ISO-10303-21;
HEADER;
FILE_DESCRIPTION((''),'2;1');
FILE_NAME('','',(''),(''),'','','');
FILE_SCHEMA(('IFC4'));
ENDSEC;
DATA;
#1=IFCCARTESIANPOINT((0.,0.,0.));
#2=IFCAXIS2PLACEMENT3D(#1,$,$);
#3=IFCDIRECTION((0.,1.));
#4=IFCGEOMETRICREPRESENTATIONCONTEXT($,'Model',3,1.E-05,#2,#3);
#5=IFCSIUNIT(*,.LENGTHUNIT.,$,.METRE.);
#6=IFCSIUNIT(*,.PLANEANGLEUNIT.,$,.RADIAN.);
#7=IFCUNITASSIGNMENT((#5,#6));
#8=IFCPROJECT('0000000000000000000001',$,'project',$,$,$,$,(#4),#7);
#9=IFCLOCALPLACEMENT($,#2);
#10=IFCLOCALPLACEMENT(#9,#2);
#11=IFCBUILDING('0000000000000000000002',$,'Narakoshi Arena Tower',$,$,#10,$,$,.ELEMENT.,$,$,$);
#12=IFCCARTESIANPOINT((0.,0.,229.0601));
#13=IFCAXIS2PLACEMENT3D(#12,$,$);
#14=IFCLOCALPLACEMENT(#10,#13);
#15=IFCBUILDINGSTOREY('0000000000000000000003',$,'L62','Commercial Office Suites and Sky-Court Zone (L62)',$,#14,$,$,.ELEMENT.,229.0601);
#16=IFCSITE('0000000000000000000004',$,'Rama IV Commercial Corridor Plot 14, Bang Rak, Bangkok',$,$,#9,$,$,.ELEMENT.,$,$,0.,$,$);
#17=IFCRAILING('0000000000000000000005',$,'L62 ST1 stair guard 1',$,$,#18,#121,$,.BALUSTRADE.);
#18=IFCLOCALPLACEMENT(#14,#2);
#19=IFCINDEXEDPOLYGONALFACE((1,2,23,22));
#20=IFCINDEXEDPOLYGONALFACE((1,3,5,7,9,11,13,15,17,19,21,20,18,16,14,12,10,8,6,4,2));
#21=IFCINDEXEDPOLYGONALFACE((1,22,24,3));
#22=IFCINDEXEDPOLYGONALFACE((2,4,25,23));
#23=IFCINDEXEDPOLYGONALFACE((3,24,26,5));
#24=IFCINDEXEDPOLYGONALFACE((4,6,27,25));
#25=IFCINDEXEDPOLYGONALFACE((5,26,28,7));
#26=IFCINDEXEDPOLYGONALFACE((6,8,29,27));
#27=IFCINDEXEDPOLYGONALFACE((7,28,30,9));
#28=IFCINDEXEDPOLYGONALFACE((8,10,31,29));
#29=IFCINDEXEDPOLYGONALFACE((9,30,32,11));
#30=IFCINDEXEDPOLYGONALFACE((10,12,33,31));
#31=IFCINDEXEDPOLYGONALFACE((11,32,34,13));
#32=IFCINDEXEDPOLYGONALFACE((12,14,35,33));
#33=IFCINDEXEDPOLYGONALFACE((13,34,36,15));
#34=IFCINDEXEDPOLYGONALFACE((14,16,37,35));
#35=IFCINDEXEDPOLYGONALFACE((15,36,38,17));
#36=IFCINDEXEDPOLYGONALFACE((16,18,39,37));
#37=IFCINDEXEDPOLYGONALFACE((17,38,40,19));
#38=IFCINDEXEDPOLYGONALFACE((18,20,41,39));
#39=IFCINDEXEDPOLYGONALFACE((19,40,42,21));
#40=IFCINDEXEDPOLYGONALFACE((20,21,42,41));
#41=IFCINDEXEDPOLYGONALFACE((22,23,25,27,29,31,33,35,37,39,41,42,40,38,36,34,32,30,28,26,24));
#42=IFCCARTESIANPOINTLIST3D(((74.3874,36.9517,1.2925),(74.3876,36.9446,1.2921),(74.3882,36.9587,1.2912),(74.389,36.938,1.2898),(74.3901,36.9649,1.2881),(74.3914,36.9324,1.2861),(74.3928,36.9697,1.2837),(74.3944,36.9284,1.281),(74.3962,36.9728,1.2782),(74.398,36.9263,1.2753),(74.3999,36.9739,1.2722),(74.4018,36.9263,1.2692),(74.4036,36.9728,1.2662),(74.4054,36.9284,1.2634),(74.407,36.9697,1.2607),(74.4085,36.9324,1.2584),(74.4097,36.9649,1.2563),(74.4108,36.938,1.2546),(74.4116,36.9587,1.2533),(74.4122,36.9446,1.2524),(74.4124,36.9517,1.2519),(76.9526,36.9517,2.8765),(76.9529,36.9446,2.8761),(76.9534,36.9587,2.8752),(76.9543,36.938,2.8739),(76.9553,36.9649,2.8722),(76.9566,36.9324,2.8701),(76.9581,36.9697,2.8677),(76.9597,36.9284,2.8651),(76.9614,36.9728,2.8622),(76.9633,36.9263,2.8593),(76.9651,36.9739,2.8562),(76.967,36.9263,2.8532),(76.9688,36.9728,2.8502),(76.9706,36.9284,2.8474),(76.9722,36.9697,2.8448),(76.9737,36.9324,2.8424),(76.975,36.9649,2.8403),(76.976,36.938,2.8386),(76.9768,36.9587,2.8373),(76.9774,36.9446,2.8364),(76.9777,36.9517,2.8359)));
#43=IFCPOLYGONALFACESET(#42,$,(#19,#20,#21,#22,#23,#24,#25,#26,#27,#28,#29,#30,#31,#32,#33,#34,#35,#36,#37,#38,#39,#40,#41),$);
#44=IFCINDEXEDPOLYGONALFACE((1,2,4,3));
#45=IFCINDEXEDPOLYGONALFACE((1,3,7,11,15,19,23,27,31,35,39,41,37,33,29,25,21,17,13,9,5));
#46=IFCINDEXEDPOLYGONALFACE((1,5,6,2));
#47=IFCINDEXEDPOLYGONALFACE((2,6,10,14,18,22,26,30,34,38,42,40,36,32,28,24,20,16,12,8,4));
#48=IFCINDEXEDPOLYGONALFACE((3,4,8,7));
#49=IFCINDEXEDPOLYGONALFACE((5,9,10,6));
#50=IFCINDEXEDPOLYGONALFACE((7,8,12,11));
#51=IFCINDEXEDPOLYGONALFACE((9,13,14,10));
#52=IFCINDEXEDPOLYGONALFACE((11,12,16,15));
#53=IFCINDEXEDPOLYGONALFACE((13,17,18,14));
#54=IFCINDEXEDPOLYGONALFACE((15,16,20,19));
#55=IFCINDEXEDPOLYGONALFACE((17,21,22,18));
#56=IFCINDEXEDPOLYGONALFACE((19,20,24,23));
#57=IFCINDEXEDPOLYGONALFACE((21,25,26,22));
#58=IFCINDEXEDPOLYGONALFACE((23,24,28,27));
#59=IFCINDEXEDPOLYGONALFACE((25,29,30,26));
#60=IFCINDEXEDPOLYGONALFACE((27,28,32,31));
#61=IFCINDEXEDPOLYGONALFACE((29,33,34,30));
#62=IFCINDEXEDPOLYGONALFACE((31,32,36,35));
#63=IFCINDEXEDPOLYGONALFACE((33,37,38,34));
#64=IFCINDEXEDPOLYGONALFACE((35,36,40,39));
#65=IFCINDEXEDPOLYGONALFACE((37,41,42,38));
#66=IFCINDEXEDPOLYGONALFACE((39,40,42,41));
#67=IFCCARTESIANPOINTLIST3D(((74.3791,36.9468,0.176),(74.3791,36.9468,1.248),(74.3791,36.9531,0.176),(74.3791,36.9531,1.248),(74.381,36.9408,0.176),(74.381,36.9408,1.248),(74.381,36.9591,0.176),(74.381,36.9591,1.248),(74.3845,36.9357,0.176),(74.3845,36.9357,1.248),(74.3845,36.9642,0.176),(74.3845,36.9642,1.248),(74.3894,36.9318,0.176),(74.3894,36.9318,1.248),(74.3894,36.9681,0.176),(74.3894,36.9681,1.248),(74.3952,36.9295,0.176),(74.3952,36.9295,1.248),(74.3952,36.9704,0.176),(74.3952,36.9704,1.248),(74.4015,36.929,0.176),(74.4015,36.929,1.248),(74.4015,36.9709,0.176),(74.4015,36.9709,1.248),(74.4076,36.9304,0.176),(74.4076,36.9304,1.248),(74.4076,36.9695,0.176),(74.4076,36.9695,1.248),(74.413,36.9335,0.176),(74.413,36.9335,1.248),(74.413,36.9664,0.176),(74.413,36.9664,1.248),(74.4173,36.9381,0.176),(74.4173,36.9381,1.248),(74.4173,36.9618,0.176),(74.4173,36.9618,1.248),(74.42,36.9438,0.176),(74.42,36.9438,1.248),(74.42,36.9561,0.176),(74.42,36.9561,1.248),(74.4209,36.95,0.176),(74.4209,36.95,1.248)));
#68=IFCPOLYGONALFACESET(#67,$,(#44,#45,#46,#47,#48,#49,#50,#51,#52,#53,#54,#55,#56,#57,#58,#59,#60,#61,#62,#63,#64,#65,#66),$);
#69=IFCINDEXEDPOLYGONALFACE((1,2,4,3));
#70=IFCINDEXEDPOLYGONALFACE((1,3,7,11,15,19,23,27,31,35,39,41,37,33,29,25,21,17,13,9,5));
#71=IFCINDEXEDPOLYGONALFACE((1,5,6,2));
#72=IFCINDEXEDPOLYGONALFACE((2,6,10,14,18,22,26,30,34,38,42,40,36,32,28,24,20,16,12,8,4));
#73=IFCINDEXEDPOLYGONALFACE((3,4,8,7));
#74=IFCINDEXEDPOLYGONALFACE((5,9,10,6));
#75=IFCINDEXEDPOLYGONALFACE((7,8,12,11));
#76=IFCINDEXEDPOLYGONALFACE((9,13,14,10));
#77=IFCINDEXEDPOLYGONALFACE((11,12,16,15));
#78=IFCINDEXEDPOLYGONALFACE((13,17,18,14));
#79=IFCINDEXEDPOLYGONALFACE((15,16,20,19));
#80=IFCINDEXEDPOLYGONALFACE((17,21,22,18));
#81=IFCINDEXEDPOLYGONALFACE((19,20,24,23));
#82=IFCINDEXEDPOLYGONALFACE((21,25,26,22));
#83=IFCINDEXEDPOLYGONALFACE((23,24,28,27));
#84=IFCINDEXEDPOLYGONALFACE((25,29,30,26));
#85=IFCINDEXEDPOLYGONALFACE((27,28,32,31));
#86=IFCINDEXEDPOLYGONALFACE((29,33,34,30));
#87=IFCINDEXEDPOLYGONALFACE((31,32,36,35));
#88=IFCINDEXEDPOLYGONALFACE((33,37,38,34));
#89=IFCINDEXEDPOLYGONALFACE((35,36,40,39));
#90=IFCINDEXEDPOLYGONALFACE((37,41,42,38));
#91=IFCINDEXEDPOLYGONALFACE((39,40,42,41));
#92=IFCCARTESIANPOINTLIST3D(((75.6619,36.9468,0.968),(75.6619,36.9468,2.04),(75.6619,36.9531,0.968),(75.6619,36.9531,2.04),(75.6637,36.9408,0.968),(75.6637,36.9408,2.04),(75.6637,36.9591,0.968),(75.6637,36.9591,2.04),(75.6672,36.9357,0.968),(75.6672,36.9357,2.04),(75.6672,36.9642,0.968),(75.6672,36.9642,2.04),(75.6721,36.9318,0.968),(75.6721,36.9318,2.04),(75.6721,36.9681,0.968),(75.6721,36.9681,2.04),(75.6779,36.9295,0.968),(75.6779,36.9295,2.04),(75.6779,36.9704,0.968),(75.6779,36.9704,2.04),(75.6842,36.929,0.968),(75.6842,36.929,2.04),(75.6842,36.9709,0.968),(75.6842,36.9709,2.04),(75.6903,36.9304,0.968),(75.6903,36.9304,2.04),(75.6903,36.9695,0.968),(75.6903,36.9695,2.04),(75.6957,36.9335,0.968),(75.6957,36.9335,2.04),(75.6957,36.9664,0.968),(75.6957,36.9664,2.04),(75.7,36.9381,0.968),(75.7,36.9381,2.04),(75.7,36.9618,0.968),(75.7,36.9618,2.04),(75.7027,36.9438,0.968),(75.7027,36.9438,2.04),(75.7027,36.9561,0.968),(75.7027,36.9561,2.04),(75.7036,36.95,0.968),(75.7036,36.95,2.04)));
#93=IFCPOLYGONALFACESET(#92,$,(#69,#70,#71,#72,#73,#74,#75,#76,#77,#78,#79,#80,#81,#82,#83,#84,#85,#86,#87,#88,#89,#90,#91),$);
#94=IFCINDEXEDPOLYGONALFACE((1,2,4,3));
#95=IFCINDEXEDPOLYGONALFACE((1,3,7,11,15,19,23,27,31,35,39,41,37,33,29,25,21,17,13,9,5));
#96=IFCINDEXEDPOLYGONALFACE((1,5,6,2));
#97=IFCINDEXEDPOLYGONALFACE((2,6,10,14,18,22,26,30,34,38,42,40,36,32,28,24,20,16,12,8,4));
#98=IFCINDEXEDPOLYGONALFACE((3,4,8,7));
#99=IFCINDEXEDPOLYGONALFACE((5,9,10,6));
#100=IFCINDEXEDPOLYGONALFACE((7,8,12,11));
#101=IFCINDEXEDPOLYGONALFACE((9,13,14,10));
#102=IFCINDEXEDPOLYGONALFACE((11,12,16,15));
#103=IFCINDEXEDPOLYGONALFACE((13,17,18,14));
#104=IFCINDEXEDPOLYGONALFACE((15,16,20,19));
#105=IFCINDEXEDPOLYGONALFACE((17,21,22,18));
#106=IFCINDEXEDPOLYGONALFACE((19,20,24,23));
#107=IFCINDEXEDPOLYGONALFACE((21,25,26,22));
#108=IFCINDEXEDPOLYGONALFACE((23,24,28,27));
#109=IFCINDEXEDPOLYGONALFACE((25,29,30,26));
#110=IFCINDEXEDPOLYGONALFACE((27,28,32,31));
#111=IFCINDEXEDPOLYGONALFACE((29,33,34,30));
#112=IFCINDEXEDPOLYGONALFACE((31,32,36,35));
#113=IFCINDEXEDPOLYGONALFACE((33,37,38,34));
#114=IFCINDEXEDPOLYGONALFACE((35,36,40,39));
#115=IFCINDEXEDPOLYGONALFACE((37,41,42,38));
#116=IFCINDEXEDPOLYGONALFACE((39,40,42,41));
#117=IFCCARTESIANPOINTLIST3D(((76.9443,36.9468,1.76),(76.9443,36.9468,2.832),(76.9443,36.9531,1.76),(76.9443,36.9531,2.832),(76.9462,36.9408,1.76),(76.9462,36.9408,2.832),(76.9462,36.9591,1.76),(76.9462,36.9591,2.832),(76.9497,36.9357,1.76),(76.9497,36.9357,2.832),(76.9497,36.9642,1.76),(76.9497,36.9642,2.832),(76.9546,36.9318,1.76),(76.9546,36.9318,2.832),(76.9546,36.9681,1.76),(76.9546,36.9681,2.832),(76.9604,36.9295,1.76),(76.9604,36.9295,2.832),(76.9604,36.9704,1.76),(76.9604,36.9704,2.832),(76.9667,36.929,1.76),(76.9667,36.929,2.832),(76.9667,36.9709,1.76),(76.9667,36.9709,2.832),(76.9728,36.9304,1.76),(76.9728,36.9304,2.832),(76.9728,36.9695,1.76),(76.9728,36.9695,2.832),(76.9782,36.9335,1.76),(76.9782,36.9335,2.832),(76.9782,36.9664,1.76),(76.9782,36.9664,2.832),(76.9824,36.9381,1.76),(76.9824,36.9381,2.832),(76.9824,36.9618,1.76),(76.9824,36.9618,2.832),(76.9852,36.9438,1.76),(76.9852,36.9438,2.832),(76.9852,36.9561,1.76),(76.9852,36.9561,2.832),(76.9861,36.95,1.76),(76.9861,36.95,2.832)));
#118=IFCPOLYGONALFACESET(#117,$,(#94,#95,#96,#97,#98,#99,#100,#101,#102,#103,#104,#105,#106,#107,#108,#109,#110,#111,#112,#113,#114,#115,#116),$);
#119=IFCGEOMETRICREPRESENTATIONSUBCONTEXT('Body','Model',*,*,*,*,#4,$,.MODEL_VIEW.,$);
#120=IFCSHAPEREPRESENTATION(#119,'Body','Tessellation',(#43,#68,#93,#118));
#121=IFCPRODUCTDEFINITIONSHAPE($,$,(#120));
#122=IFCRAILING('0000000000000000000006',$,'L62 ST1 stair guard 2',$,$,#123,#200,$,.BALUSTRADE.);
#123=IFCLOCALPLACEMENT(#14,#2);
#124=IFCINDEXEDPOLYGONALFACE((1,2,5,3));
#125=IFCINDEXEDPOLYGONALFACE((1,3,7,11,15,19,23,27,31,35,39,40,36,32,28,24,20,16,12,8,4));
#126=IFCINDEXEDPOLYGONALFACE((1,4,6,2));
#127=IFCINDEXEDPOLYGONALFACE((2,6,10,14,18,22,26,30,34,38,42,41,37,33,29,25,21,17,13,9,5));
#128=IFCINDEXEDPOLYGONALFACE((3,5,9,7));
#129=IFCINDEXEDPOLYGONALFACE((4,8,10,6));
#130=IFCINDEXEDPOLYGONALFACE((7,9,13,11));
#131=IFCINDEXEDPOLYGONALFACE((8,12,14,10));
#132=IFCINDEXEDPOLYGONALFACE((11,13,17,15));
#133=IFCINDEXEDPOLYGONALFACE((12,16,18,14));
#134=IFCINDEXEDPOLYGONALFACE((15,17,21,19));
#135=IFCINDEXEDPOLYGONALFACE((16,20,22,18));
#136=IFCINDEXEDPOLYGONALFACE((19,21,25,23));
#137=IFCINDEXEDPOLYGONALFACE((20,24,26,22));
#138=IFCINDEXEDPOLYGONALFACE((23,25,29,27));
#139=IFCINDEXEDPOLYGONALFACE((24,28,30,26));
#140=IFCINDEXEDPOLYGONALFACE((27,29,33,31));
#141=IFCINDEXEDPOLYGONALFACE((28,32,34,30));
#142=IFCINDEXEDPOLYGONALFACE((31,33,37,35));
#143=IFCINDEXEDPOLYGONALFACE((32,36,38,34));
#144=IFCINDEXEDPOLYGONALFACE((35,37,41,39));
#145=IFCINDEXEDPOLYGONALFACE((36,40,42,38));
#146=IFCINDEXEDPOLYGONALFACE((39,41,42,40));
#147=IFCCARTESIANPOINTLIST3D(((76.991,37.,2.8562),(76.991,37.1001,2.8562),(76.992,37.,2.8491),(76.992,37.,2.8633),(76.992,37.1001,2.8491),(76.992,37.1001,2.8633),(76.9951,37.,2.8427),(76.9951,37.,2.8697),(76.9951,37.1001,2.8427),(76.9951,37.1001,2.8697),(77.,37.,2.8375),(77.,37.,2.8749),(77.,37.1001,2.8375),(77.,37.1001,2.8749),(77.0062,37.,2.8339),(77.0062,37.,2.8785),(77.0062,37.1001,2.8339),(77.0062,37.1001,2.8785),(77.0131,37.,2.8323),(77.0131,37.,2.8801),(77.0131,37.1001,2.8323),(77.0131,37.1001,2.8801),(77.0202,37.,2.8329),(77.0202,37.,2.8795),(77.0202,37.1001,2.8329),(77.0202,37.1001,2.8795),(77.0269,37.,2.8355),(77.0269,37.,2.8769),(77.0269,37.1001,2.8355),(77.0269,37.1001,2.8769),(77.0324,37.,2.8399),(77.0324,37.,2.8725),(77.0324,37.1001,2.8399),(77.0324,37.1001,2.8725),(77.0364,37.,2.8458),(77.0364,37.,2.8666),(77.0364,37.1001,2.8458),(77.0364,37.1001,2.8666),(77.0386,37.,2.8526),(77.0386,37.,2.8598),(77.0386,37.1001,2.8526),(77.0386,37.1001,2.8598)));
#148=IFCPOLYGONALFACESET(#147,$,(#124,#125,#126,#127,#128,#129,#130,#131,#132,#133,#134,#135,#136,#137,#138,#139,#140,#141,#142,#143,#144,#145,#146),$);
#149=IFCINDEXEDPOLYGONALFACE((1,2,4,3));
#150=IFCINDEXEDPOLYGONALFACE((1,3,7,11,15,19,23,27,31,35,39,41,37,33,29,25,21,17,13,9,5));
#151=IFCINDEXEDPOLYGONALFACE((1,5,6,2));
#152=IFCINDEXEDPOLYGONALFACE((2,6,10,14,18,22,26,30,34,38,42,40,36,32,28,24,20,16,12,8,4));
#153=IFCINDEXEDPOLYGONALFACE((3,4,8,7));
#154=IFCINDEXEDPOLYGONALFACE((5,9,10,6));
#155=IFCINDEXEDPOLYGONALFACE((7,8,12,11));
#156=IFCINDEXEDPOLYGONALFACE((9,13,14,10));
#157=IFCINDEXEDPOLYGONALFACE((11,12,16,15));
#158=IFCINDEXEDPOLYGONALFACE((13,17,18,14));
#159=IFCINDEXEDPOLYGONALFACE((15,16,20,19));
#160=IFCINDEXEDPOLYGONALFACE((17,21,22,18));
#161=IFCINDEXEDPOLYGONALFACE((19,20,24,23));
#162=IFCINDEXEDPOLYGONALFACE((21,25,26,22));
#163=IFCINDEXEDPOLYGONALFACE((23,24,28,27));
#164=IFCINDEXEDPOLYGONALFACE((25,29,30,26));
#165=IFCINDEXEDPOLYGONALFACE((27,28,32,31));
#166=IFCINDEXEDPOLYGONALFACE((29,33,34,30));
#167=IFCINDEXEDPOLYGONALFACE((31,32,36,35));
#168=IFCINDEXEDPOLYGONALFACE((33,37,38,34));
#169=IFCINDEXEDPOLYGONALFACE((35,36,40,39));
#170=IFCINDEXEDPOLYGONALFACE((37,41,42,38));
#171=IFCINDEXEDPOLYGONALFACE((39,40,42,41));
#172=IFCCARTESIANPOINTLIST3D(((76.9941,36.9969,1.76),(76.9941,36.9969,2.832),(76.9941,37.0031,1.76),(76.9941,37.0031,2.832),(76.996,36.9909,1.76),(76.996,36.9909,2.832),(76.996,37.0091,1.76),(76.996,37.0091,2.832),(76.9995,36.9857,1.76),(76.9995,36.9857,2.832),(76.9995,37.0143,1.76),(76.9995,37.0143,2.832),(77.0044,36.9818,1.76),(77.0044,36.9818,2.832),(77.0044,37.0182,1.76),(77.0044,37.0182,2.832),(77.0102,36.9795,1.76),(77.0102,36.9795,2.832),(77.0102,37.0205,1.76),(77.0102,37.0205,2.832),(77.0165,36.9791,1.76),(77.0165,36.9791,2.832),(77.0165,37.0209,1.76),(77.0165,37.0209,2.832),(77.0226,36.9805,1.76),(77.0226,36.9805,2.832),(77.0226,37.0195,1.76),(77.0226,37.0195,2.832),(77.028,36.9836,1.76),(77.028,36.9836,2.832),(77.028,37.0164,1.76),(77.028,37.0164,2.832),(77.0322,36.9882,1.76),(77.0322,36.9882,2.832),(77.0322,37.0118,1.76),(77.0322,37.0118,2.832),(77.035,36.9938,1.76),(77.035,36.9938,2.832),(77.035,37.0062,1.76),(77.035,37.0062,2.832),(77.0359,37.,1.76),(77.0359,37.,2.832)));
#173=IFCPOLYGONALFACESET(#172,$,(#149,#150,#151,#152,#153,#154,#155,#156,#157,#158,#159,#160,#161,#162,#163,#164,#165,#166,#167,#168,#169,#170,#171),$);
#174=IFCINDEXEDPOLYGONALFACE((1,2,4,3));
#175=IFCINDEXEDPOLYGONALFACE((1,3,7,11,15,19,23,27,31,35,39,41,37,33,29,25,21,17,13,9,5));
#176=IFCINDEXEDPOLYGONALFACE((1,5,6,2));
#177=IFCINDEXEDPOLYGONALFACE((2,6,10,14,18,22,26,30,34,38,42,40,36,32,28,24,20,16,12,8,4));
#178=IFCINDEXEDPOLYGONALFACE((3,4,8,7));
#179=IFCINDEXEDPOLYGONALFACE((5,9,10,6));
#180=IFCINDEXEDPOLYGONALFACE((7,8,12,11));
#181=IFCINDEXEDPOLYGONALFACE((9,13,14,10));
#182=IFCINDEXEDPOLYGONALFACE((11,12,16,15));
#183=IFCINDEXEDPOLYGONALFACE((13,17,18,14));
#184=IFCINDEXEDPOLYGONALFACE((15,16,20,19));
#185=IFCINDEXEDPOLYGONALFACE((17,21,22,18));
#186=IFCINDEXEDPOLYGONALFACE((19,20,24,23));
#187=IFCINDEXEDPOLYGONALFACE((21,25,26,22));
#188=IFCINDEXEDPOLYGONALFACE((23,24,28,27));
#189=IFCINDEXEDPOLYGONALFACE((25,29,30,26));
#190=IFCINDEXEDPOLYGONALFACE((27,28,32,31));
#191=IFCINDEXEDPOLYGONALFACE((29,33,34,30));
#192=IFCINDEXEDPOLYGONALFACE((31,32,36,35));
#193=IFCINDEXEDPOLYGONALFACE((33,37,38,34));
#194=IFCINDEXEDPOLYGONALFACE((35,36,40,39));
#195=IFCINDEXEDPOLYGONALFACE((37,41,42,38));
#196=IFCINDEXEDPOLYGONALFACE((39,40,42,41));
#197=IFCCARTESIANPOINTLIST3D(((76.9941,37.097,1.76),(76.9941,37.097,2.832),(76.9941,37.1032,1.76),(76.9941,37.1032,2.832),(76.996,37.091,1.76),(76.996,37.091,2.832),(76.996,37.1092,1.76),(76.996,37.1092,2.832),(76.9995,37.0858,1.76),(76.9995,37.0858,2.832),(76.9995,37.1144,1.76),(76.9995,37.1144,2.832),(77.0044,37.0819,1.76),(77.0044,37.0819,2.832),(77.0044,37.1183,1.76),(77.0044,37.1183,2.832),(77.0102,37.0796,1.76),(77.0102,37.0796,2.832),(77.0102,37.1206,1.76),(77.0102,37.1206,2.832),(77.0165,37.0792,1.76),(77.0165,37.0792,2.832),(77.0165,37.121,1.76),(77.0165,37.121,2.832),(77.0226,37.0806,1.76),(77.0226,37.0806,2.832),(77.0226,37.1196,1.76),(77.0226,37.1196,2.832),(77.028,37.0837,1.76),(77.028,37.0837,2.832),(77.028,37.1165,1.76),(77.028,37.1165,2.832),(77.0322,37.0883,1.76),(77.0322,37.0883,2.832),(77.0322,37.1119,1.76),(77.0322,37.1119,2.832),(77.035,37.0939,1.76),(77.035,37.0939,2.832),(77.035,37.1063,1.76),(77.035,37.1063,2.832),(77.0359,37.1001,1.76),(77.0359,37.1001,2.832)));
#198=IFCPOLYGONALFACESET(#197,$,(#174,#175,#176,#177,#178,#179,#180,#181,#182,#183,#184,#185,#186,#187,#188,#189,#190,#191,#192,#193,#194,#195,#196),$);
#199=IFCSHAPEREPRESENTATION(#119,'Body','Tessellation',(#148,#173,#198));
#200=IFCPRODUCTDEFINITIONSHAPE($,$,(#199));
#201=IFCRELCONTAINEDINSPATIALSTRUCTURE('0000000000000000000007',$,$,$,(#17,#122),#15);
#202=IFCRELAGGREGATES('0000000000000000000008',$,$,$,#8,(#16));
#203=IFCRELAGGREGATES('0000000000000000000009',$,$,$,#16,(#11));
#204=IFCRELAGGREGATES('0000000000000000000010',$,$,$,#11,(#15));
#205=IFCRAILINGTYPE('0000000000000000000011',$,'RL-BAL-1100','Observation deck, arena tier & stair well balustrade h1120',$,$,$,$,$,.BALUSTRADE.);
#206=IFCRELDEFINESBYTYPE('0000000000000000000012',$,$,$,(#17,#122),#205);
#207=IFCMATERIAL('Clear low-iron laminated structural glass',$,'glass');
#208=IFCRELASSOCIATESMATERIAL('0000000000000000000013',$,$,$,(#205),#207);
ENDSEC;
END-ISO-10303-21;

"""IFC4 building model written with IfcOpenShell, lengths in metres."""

from ifc_helpers import new_model, si_unit, direction, frame, origin, origin_2d, place, context, subcontext, project, spatial, circle, extrude, material, type_object, element, save


model = new_model("IFC4")

# Units and contexts
model_context = context("Model", 3, precision=1e-05, world=origin(), true_north=direction((0.0, 1.0)))
body_context = subcontext(model_context, "Body", "Model", "MODEL_VIEW")
ifc_project = project(units=[si_unit("LENGTHUNIT", "METRE"), si_unit("PLANEANGLEUNIT", "RADIAN")], contexts=[model_context])

# Site, building, storey
site_placement = place(None, origin())
site = spatial("IfcSite", under=ifc_project, at=site_placement, Name="Rama IV Commercial Corridor Plot 14, Bang Rak, Bangkok", CompositionType="ELEMENT", RefElevation=0.0)
building_placement = place(site_placement, origin())
building = spatial("IfcBuilding", under=site, at=building_placement, Name="Narakoshi Arena Tower", CompositionType="ELEMENT")
storey_placement = place(building_placement, frame((0.0, 0.0, 229.0601)))
storey = spatial("IfcBuildingStorey", under=building, at=storey_placement, Name="L62", Description="Commercial Office Suites and Sky-Court Zone (L62)", CompositionType="ELEMENT", Elevation=229.0601)

# Railings
ifc_material_1 = material(Name="Clear low-iron laminated structural glass", Category="glass")
railing_type_1 = type_object("IfcRailingType", Name="RL-BAL-1100", Description="Observation deck, arena tier & stair well balustrade h1120", PredefinedType="BALUSTRADE", material=ifc_material_1)
railing_1_placement = place(storey_placement, frame((74.3999, 36.95, 0.176)))
element("IfcRailing", 1, at=railing_1_placement, inside=storey, type_object=railing_type_1, Name="L62 ST1 stair guard 1", PredefinedType="BALUSTRADE", context=body_context, shape_type="SweptSolid", body=[
    extrude(circle(Radius=0.0239, at=origin_2d()), frame((0.0, 0.0, 1.0962), z_axis=(0.850857, 0.0, 0.525398), x_axis=(0.0, 1.0, 0.0)), (0.0, 0.0, 1.0), 3.0149),
    extrude(circle(Radius=0.021, at=origin_2d()), origin(), (0.0, 0.0, 1.0), 1.072),
    extrude(circle(Radius=0.021, at=origin_2d()), frame((1.2827, 0.0, 0.792)), (0.0, 0.0, 1.0), 1.072),
    extrude(circle(Radius=0.021, at=origin_2d()), frame((2.5652, 0.0, 1.584)), (0.0, 0.0, 1.0), 1.072),
])
railing_2_placement = place(storey_placement, frame((77.0149, 37.0, 1.76)))
element("IfcRailing", 2, at=railing_2_placement, inside=storey, type_object=railing_type_1, Name="L62 ST1 stair guard 2", PredefinedType="BALUSTRADE", context=body_context, shape_type="SweptSolid", body=[
    extrude(circle(Radius=0.0239, at=origin_2d()), frame((0.0, 0.0, 1.0962), z_axis=(0.0, 1.0, 0.0), x_axis=(-1.0, 0.0, 0.0)), (0.0, 0.0, 1.0), 0.1001),
    extrude(circle(Radius=0.021, at=origin_2d()), origin(), (0.0, 0.0, 1.0), 1.072),
    extrude(circle(Radius=0.021, at=origin_2d()), frame((0.0, 0.1001, 0.0)), (0.0, 0.0, 1.0), 1.072),
])

save(model, "model.ifc")
